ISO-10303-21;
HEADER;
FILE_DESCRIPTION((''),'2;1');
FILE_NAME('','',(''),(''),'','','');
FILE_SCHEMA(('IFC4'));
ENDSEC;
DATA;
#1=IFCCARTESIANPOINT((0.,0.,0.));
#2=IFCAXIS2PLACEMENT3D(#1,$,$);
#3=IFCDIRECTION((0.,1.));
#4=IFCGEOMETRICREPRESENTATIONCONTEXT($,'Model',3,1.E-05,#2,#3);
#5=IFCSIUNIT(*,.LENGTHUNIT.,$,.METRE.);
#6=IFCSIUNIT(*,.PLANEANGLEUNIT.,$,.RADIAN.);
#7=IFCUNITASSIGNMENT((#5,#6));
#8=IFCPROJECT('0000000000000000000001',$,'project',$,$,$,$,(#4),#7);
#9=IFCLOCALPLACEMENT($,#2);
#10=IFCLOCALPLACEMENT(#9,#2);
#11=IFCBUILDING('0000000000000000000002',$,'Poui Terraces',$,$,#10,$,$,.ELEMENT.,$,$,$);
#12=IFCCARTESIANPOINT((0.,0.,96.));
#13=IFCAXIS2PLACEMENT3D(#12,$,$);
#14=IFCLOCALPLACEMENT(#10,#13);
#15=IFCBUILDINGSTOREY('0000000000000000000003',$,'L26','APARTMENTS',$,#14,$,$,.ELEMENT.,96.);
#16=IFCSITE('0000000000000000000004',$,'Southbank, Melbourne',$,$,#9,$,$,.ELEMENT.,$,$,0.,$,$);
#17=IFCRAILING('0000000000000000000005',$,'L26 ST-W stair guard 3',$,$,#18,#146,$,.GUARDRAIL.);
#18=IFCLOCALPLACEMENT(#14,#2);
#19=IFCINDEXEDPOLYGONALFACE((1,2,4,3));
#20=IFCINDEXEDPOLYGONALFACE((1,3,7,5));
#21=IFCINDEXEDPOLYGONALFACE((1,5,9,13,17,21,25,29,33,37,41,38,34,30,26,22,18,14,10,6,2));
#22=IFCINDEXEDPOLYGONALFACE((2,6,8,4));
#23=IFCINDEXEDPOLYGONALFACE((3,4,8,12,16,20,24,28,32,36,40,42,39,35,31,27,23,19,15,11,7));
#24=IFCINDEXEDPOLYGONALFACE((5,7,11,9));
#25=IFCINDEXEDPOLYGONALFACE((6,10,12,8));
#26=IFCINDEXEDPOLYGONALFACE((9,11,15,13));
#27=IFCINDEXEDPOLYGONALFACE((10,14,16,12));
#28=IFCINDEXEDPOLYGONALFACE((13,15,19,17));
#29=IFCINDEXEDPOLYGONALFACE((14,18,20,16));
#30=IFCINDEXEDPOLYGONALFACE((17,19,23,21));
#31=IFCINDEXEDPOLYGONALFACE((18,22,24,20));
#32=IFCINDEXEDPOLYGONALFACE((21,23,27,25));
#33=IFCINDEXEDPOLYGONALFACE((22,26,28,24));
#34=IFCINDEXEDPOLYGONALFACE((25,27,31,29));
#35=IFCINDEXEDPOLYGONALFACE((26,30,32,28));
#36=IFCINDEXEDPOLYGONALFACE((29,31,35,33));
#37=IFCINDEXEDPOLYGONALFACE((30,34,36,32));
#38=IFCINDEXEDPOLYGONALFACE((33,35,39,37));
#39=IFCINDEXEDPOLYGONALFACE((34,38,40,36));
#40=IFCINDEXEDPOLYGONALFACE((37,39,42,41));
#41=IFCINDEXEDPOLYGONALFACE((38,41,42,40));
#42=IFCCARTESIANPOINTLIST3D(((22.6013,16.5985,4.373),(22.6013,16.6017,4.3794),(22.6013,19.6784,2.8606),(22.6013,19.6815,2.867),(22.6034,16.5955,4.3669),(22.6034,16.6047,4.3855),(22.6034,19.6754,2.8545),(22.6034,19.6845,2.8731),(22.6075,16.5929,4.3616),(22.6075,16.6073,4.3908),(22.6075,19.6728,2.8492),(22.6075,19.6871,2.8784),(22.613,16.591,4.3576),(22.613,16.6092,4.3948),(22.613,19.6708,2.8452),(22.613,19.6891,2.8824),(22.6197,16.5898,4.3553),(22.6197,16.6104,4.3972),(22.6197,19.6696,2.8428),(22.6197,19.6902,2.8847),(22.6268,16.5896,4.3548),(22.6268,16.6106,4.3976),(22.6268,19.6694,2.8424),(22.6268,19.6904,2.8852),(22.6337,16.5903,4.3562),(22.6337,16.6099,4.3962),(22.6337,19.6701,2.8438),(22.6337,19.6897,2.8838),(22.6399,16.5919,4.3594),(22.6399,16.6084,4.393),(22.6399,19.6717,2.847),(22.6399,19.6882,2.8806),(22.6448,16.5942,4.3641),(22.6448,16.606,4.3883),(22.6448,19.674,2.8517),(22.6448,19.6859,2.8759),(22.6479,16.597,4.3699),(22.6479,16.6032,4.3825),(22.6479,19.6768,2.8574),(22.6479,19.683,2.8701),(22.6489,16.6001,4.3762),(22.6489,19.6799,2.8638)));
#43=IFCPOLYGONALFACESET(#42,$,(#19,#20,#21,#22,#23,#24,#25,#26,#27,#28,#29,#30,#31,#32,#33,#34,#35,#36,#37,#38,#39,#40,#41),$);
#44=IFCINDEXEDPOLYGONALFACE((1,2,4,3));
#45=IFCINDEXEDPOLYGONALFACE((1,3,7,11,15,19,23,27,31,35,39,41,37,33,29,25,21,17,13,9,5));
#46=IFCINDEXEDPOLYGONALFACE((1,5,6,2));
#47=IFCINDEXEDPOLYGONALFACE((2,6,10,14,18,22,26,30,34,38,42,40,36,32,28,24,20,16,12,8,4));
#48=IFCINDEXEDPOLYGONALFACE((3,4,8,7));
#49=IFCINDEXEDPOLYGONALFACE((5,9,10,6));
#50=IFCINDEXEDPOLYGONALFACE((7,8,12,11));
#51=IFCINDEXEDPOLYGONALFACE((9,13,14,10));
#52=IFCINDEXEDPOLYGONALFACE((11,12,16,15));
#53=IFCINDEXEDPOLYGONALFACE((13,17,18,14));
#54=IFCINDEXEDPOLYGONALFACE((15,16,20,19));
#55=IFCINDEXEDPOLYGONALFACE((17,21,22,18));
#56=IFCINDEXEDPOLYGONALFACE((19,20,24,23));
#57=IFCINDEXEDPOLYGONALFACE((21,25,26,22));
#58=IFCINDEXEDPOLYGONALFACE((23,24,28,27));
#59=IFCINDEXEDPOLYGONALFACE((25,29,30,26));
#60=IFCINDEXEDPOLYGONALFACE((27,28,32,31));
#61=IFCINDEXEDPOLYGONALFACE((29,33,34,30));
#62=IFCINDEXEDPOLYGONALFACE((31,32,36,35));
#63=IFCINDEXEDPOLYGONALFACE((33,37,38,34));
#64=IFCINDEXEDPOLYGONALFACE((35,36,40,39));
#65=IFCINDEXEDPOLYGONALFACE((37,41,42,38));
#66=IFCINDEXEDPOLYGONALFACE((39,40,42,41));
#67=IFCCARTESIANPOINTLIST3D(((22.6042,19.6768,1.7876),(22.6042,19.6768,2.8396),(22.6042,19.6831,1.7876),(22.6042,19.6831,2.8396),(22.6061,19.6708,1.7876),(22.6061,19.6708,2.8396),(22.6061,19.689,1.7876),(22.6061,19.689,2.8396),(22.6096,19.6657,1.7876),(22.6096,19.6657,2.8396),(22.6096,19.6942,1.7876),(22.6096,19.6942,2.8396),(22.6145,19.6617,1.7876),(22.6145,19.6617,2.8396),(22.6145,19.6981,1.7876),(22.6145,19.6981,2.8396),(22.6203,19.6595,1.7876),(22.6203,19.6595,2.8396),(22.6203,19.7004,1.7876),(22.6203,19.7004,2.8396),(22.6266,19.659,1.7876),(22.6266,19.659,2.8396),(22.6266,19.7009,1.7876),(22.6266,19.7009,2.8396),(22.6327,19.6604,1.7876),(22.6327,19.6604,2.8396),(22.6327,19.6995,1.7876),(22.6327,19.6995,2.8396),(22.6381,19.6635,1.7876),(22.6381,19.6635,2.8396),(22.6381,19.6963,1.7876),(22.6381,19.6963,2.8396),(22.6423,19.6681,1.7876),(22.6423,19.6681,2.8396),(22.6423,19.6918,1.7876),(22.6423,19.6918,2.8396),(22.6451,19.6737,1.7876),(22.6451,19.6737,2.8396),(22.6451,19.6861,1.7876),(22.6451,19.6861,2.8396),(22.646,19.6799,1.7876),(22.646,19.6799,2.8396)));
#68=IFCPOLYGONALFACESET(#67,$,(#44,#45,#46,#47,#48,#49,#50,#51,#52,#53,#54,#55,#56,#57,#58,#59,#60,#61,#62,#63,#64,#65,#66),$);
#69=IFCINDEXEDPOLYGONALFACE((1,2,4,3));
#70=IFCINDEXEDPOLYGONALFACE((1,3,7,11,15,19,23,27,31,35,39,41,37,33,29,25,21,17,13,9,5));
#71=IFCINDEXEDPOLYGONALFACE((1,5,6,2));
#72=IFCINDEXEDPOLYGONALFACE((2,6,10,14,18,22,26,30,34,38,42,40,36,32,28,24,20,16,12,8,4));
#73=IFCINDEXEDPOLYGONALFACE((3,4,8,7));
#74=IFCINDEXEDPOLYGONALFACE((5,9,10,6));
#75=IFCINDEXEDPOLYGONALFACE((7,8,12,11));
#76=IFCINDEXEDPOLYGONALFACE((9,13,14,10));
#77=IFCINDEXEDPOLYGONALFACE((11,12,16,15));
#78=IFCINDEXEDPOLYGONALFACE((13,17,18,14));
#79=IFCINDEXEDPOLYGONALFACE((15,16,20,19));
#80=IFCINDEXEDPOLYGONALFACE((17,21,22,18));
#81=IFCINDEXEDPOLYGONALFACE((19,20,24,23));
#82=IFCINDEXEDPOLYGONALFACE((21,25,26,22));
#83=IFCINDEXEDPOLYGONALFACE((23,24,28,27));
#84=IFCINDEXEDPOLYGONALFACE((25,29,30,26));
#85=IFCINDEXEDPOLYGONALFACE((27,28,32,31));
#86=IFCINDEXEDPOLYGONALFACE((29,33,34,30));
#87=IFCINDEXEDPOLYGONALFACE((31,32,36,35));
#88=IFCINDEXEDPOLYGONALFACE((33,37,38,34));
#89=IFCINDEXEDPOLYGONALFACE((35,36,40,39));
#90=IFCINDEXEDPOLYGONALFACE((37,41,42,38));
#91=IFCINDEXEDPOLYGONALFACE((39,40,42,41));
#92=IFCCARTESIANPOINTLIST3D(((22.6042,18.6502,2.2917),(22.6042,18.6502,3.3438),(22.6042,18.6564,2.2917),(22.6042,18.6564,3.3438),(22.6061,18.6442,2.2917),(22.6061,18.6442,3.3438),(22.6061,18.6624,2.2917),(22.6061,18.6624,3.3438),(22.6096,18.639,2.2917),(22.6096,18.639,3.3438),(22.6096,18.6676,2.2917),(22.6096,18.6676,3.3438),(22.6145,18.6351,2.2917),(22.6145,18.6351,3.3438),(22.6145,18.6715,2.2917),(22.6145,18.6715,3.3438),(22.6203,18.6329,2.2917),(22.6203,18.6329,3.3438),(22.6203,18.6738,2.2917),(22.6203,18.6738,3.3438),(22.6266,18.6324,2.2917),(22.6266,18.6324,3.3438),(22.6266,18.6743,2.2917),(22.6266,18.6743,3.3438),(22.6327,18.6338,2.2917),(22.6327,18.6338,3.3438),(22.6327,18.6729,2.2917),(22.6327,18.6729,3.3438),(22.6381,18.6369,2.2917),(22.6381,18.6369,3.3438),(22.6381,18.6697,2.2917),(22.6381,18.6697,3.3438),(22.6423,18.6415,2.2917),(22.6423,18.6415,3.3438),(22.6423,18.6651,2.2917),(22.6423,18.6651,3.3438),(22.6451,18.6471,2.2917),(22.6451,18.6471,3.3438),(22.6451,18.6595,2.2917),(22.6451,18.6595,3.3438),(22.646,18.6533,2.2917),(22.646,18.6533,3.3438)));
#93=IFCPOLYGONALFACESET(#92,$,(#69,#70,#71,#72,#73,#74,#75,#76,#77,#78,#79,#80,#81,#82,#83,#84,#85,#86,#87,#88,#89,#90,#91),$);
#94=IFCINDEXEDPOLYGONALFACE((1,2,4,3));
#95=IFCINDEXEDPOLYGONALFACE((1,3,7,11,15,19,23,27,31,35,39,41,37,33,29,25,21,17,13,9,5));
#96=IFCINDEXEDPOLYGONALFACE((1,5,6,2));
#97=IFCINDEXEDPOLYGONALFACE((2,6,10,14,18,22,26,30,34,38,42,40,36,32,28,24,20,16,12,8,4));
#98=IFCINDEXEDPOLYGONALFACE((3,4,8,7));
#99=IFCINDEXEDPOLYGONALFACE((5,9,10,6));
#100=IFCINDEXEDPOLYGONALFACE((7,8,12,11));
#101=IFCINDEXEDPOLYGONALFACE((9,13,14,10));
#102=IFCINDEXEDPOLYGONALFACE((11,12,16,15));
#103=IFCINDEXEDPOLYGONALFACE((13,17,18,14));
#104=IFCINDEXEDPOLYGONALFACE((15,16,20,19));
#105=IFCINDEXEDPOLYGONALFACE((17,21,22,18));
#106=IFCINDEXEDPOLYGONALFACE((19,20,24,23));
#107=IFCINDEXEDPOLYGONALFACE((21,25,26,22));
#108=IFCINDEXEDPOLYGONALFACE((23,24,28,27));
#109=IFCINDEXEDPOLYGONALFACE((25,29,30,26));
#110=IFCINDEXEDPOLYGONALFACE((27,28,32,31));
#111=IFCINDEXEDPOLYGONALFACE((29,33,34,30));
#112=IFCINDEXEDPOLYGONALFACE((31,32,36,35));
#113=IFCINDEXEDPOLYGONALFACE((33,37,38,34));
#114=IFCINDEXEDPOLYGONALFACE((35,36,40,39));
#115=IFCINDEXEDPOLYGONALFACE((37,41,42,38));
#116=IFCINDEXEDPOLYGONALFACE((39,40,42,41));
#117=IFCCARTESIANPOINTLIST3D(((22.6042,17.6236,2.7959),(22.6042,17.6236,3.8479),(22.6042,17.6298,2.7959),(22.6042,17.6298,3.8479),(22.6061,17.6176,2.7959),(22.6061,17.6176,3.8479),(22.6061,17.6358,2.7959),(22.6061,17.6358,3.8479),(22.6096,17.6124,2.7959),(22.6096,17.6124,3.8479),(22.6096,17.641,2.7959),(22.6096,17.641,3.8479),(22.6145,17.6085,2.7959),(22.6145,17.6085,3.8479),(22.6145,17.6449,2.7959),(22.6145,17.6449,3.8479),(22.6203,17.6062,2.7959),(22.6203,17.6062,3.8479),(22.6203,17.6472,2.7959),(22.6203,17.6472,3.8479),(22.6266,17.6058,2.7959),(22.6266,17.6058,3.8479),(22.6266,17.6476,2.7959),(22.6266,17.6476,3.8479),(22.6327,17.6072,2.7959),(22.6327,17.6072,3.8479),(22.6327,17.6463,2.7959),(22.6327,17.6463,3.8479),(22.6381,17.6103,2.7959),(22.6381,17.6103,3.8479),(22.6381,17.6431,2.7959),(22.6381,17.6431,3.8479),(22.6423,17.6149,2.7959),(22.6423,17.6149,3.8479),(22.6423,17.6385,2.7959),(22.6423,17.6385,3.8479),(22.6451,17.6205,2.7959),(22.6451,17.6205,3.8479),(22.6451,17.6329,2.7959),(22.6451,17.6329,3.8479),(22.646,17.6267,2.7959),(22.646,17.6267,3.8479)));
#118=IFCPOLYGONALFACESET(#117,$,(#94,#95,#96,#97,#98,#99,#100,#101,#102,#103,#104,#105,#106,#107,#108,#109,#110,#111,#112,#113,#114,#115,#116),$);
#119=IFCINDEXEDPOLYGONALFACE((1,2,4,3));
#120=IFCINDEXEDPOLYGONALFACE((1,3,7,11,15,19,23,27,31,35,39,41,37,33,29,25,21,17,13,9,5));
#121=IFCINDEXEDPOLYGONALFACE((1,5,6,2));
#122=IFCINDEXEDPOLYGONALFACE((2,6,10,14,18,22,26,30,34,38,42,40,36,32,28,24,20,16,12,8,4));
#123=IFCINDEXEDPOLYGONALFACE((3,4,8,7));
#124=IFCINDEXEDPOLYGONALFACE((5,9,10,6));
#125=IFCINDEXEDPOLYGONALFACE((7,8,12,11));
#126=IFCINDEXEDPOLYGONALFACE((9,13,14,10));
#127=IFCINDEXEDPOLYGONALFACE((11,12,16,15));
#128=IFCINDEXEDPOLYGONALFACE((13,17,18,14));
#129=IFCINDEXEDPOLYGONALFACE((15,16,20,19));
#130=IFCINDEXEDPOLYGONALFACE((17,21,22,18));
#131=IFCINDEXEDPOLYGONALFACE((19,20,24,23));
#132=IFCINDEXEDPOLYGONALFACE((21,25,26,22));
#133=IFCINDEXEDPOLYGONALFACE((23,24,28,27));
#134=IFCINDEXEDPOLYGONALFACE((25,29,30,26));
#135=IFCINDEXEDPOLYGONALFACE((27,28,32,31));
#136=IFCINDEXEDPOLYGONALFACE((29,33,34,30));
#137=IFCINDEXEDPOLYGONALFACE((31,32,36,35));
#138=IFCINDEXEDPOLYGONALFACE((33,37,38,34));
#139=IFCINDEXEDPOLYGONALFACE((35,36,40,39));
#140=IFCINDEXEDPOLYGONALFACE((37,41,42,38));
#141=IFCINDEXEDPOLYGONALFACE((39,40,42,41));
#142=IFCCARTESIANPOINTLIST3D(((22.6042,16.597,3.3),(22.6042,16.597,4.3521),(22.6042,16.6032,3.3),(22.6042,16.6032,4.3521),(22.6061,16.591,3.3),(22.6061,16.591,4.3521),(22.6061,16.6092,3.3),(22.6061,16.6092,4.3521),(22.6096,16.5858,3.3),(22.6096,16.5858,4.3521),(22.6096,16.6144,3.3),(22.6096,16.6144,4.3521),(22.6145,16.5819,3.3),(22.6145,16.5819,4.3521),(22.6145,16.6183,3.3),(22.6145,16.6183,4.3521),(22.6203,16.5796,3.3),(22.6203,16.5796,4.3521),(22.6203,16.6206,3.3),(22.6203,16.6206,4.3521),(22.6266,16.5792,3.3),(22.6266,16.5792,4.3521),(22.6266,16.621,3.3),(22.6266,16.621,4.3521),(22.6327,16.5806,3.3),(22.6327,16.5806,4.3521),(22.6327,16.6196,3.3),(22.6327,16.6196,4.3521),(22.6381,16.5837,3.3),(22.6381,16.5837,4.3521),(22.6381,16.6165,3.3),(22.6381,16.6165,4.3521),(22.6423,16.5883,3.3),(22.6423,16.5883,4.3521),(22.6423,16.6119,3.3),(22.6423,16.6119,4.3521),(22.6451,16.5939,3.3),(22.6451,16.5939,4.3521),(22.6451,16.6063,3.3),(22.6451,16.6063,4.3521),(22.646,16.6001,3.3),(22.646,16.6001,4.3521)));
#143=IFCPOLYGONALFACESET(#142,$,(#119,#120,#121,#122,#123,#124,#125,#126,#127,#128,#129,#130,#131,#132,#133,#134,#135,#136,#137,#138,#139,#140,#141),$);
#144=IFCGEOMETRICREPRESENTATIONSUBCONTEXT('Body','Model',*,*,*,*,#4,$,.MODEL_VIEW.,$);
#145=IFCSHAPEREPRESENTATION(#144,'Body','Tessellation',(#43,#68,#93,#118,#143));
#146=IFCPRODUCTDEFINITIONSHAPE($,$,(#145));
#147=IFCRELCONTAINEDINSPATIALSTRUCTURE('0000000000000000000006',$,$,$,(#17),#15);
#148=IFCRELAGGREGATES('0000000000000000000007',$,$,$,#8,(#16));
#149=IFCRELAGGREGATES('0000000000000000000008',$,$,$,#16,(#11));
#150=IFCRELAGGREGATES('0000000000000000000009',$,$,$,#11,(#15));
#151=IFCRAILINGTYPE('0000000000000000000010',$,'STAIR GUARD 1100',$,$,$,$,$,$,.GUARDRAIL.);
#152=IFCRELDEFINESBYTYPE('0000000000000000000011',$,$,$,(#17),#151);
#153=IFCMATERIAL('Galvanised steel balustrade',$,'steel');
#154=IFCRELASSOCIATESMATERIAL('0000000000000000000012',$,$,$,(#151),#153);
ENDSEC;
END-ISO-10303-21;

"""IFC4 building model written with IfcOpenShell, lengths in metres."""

from ifc_helpers import new_model, si_unit, direction, frame, origin, origin_2d, place, context, subcontext, project, spatial, circle, extrude, material, type_object, element, save


model = new_model("IFC4")

# Units and contexts
model_context = context("Model", 3, precision=1e-05, world=origin(), true_north=direction((0.0, 1.0)))
body_context = subcontext(model_context, "Body", "Model", "MODEL_VIEW")
ifc_project = project(units=[si_unit("LENGTHUNIT", "METRE"), si_unit("PLANEANGLEUNIT", "RADIAN")], contexts=[model_context])

# Site, building, storey
site_placement = place(None, origin())
site = spatial("IfcSite", under=ifc_project, at=site_placement, Name="Southbank, Melbourne", CompositionType="ELEMENT", RefElevation=0.0)
building_placement = place(site_placement, origin())
building = spatial("IfcBuilding", under=site, at=building_placement, Name="Poui Terraces", CompositionType="ELEMENT")
storey_placement = place(building_placement, frame((0.0, 0.0, 96.0)))
storey = spatial("IfcBuildingStorey", under=building, at=storey_placement, Name="L26", Description="APARTMENTS", CompositionType="ELEMENT", Elevation=96.0)

# Railing
ifc_material_1 = material(Name="Galvanised steel balustrade", Category="steel")
railing_type_1 = type_object("IfcRailingType", Name="STAIR GUARD 1100", PredefinedType="GUARDRAIL", material=ifc_material_1)
railing_1_placement = place(storey_placement, frame((22.625, 19.6799, 1.7876)))
element("IfcRailing", 1, at=railing_1_placement, inside=storey, type_object=railing_type_1, Name="L26 ST-W stair guard 3", PredefinedType="GUARDRAIL", context=body_context, shape_type="SweptSolid", body=[
    extrude(circle(Radius=0.0239, at=origin_2d()), frame((0.0, 0.0, 1.0762), z_axis=(0.0, -0.897606, 0.440798), x_axis=(1.0, 0.0, 0.0)), (0.0, 0.0, 1.0), 3.4312),
    extrude(circle(Radius=0.021, at=origin_2d()), origin(), (0.0, 0.0, 1.0), 1.052),
    extrude(circle(Radius=0.021, at=origin_2d()), frame((0.0, -1.0266, 0.5042)), (0.0, 0.0, 1.0), 1.052),
    extrude(circle(Radius=0.021, at=origin_2d()), frame((0.0, -2.0532, 1.0083)), (0.0, 0.0, 1.0), 1.052),
    extrude(circle(Radius=0.021, at=origin_2d()), frame((0.0, -3.0798, 1.5125)), (0.0, 0.0, 1.0), 1.052),
])

save(model, "model.ifc")
